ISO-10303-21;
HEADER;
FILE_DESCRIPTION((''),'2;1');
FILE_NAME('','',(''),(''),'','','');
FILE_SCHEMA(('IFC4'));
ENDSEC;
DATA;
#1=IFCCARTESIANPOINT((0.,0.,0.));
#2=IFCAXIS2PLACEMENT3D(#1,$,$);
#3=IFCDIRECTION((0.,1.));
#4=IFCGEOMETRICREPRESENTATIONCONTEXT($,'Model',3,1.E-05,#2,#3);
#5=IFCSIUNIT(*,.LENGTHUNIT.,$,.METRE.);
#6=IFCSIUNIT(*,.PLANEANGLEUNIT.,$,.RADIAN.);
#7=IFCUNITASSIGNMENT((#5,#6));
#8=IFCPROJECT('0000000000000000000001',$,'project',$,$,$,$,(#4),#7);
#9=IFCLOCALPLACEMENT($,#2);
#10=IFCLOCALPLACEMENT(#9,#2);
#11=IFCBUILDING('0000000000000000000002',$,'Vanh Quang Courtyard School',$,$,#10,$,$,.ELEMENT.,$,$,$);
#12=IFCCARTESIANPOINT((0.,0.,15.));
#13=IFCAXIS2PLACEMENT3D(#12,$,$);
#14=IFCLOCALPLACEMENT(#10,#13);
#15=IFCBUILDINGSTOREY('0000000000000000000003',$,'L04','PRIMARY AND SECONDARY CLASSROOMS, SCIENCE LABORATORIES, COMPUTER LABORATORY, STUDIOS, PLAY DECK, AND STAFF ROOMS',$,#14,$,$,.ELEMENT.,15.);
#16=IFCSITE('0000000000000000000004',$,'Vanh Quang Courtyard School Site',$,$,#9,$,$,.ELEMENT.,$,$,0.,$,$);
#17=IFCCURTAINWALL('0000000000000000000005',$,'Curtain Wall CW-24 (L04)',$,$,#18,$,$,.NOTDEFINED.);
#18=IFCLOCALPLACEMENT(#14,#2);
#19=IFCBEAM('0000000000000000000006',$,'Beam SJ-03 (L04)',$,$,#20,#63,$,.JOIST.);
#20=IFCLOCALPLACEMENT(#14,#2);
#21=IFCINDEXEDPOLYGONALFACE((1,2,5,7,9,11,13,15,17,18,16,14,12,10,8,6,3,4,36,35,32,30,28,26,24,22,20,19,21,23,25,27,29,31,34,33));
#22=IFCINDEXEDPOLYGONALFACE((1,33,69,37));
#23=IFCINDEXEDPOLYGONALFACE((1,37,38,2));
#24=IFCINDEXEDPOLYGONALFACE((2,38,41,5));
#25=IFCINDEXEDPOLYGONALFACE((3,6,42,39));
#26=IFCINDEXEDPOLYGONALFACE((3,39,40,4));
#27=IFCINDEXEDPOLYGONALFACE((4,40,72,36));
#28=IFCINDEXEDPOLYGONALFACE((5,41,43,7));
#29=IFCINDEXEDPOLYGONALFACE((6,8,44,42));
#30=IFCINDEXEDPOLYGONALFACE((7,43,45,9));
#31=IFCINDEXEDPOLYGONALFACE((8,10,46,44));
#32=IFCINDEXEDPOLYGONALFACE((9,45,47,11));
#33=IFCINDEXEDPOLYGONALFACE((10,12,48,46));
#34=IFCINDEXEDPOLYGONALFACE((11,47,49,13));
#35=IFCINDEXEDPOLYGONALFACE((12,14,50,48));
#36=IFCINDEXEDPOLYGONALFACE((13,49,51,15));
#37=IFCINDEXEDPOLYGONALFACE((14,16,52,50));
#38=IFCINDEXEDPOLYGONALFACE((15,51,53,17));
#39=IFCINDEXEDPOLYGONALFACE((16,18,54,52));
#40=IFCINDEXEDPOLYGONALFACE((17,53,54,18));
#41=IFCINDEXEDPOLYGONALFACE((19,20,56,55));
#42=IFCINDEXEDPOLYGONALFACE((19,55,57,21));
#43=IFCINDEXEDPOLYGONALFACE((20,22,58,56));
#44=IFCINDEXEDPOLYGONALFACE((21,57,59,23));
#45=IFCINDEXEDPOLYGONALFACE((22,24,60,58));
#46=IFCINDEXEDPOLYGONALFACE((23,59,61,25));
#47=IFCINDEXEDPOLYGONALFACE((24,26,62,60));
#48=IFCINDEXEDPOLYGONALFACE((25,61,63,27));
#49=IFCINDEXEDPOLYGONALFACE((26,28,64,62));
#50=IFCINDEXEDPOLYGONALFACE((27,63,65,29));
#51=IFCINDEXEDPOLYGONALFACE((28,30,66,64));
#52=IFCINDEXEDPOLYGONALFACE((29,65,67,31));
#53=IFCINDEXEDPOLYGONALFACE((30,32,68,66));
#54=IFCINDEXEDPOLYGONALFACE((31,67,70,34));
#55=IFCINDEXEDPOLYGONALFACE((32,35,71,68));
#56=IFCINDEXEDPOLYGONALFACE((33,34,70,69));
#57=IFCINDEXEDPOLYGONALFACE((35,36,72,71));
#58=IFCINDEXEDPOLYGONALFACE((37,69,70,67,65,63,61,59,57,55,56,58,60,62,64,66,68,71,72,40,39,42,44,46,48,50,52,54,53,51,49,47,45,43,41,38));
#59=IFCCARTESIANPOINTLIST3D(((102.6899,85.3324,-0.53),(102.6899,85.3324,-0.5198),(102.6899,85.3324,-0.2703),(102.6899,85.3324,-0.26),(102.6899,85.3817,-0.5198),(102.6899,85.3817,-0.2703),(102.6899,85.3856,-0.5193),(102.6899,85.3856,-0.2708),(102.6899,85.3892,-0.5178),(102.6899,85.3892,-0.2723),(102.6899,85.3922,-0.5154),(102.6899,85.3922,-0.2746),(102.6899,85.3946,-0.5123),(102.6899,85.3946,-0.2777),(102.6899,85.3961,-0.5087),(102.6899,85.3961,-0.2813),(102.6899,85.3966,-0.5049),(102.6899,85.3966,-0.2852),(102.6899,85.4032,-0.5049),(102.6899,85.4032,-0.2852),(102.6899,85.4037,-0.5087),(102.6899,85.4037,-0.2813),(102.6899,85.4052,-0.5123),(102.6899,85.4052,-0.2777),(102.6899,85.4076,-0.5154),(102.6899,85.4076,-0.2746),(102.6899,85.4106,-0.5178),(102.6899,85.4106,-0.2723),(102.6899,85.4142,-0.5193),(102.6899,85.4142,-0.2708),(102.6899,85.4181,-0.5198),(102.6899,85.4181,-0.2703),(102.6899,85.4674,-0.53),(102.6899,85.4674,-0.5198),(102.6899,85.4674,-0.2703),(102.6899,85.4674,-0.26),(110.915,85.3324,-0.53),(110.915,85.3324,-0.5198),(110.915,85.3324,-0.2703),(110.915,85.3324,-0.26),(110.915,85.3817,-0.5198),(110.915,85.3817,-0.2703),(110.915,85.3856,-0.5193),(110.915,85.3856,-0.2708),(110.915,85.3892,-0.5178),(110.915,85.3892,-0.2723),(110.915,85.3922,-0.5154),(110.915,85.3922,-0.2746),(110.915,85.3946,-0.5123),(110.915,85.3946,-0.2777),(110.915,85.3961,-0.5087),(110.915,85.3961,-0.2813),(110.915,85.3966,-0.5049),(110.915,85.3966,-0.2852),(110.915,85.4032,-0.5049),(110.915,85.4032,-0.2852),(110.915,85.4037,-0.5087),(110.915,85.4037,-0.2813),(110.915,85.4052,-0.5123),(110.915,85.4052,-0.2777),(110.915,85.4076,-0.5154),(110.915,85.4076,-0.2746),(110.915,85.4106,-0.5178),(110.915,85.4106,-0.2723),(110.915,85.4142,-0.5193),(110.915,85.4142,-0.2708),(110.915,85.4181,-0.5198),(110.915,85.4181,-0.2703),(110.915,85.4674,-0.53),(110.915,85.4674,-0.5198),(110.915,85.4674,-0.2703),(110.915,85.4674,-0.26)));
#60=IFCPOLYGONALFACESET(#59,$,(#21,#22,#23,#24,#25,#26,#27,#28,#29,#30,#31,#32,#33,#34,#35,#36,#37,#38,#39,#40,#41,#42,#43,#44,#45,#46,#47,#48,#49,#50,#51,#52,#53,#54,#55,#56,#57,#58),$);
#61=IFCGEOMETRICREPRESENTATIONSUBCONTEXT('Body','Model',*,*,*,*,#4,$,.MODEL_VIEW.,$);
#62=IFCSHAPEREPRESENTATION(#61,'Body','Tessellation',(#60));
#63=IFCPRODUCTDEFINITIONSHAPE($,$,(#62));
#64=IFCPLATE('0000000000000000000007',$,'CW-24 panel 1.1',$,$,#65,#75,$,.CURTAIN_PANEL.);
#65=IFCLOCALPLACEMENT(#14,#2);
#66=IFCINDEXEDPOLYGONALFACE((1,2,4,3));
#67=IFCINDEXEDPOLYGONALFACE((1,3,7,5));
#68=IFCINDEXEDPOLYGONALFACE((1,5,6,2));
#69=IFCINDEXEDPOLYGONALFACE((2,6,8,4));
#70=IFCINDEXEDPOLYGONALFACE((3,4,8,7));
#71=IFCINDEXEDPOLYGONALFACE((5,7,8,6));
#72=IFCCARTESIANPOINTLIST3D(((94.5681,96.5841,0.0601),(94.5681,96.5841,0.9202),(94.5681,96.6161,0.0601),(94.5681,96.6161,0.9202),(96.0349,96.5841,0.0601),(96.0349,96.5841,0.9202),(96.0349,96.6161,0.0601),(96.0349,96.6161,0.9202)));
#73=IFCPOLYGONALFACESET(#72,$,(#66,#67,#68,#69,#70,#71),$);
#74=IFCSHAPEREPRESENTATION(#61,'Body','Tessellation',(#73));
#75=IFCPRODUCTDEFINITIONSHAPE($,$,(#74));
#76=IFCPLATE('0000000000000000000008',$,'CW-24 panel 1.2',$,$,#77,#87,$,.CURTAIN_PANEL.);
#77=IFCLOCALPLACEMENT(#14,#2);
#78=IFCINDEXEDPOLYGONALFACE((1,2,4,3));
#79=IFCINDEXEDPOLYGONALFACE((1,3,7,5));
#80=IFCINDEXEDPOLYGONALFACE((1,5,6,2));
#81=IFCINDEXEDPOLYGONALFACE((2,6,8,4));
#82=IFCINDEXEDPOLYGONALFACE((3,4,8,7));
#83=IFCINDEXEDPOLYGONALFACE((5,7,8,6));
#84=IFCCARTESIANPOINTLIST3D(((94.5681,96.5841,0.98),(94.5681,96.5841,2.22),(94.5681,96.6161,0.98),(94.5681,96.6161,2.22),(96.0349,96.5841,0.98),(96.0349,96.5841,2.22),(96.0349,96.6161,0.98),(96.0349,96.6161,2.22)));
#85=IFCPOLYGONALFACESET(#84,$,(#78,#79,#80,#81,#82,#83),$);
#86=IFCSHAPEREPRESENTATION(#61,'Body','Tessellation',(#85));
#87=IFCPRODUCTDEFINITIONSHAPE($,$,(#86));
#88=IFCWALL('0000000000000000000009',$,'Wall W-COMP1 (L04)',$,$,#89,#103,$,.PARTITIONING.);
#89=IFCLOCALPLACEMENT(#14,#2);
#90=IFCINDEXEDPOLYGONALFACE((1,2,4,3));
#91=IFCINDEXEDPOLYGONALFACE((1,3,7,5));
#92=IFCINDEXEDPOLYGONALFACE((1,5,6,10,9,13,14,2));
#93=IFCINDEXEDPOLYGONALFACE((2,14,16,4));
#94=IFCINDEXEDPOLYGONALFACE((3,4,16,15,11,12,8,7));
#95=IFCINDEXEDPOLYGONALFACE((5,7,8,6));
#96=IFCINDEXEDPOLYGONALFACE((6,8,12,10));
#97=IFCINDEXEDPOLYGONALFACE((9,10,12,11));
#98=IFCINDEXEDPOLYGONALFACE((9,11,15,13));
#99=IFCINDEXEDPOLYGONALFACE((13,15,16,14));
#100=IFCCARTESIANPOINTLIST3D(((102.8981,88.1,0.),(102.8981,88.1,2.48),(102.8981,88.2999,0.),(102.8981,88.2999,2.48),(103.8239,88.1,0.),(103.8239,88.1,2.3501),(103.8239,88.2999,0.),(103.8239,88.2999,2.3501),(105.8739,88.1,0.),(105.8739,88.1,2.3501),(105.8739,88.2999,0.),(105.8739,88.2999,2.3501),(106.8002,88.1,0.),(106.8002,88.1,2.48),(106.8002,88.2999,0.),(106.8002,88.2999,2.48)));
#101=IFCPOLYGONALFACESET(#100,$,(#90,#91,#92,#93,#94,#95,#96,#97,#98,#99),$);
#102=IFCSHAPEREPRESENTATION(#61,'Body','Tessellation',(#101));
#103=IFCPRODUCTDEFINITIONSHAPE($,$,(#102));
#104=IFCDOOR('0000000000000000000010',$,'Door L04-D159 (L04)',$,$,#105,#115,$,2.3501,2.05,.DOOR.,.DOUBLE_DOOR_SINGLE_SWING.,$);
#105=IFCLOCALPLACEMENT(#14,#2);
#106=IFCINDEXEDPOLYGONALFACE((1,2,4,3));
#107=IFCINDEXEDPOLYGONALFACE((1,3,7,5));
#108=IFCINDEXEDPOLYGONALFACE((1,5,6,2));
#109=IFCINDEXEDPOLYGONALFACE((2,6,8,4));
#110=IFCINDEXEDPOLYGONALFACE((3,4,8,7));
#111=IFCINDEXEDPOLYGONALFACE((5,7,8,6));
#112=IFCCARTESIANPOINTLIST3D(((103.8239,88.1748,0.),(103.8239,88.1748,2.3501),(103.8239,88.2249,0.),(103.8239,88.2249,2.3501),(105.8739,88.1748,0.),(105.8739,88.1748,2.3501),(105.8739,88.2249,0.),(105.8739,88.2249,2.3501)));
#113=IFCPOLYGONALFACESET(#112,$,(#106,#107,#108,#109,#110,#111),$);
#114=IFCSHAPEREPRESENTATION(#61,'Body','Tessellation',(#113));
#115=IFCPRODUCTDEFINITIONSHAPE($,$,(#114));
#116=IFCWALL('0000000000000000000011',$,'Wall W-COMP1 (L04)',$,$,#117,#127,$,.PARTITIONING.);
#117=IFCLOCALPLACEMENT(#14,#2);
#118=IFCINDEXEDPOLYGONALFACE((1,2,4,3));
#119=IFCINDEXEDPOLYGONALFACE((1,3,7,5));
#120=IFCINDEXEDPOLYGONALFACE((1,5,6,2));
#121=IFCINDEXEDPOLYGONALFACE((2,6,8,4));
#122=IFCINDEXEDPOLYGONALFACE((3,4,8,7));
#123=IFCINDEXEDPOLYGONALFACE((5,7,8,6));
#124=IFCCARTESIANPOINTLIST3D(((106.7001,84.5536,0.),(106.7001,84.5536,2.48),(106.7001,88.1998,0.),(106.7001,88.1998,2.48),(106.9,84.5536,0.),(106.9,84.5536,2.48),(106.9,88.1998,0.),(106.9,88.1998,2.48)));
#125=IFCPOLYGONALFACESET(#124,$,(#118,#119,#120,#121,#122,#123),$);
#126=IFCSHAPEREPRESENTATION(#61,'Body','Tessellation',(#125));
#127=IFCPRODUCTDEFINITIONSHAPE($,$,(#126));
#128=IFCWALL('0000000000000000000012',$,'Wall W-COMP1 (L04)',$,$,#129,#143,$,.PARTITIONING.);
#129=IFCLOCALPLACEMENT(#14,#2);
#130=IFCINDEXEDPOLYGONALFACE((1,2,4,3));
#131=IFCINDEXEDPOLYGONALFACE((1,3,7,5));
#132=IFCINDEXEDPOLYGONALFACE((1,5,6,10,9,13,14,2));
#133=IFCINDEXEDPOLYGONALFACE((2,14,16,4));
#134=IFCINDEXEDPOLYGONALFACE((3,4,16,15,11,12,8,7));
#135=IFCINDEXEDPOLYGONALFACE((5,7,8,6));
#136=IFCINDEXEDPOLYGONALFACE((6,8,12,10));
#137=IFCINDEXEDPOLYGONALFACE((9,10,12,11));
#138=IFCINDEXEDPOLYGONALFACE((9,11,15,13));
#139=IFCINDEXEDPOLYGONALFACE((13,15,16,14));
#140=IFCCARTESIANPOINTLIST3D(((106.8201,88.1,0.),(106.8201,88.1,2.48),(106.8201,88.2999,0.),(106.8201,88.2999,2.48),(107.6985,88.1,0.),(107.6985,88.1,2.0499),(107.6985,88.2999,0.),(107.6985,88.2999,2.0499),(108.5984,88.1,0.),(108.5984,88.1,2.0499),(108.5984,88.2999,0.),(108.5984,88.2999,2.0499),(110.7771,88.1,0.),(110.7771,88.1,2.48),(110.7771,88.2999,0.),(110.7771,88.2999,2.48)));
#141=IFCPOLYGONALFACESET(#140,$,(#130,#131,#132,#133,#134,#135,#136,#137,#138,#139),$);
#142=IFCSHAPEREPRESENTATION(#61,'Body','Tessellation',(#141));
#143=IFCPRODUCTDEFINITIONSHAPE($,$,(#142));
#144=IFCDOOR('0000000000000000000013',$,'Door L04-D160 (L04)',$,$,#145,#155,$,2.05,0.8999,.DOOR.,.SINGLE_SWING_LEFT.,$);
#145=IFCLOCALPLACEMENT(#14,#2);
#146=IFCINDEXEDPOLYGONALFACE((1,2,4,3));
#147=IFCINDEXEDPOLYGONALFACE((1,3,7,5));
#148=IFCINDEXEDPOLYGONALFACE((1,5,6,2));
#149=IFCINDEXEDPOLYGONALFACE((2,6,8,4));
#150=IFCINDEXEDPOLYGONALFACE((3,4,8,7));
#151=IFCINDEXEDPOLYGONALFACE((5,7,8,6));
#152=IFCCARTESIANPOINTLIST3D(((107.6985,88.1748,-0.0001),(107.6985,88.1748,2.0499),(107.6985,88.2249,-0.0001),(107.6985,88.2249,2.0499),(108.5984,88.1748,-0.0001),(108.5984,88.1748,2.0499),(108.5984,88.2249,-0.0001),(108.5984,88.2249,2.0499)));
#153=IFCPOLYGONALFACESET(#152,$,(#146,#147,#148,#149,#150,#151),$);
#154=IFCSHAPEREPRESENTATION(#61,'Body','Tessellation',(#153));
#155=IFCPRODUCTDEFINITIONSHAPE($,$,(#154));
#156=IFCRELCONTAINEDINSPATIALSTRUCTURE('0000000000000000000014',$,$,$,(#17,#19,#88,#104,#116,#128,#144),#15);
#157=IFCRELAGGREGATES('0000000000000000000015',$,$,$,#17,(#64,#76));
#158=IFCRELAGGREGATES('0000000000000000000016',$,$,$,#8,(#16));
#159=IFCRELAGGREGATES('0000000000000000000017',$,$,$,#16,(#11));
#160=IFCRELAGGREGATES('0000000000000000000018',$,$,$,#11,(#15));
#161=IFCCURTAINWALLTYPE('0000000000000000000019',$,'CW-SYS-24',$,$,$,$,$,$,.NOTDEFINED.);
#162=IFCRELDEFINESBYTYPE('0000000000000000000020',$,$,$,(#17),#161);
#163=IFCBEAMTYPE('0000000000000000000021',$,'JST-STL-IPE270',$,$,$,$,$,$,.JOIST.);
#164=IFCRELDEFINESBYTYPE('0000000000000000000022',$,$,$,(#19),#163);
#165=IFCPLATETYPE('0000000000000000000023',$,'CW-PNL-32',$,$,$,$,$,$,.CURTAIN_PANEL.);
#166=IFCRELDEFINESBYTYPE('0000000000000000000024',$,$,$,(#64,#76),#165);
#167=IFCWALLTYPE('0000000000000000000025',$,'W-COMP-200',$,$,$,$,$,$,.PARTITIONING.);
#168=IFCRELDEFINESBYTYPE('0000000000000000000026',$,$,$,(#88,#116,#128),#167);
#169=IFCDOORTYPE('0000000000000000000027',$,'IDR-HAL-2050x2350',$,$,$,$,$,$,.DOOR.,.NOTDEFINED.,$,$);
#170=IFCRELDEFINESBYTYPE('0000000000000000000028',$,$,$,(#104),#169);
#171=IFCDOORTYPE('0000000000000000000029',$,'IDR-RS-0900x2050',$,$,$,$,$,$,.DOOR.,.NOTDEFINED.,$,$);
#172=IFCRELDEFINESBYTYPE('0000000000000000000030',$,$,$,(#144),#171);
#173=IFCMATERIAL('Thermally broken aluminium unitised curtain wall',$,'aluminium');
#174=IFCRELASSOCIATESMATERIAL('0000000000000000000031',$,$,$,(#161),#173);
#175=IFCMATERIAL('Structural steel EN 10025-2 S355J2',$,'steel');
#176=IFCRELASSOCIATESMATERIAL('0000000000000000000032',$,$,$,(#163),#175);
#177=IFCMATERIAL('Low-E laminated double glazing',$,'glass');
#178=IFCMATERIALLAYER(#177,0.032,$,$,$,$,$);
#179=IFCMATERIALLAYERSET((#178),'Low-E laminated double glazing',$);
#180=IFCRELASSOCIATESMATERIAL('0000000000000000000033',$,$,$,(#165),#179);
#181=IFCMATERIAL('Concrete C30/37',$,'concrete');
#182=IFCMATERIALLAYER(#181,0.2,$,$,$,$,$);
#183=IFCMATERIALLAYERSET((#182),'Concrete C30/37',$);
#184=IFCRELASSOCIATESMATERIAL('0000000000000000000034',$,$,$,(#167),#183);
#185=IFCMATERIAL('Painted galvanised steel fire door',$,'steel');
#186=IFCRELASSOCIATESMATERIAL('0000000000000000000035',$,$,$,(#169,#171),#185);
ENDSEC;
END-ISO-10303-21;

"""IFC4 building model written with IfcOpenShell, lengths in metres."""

from ifc_helpers import new_model, si_unit, direction, frame, frame_2d, origin, origin_2d, place, context, subcontext, project, spatial, rectangle, i_section, extrude, material, layer, layer_set, material_profile, profile_set, type_object, element, fill, aggregate, save


model = new_model("IFC4")

# Units and contexts
model_context = context("Model", 3, precision=1e-05, world=origin(), true_north=direction((0.0, 1.0)))
body_context = subcontext(model_context, "Body", "Model", "MODEL_VIEW")
ifc_project = project(units=[si_unit("LENGTHUNIT", "METRE"), si_unit("PLANEANGLEUNIT", "RADIAN")], contexts=[model_context])

# Site, building, storey
site_placement = place(None, origin())
site = spatial("IfcSite", under=ifc_project, at=site_placement, Name="Vanh Quang Courtyard School Site", CompositionType="ELEMENT", RefElevation=0.0)
building_placement = place(site_placement, origin())
building = spatial("IfcBuilding", under=site, at=building_placement, Name="Vanh Quang Courtyard School", CompositionType="ELEMENT")
storey_placement = place(building_placement, frame((0.0, 0.0, 15.0)))
storey = spatial("IfcBuildingStorey", under=building, at=storey_placement, Name="L04", Description="PRIMARY AND SECONDARY CLASSROOMS, SCIENCE LABORATORIES, COMPUTER LABORATORY, STUDIOS, PLAY DECK, AND STAFF ROOMS", CompositionType="ELEMENT", Elevation=15.0)

# Shared definitions
ifc_material_1 = material(Name="Structural steel EN 10025-2 S355J2", Category="steel")

# Curtain wall
ifc_material_2 = material(Name="Thermally broken aluminium unitised curtain wall", Category="aluminium")
curtain_wall_type = type_object("IfcCurtainWallType", Name="CW-SYS-24", PredefinedType="NOTDEFINED", material=ifc_material_2)
curtain_wall_placement = place(storey_placement, origin())
curtain_wall = element("IfcCurtainWall", 1, at=curtain_wall_placement, inside=storey, type_object=curtain_wall_type, Name="Curtain Wall CW-24 (L04)", PredefinedType="NOTDEFINED")

# Beam
ifc_material_3 = material(Name="Concrete C30/37", Category="concrete")
ifc_material_profile_1 = material_profile(ifc_material_1, i_section(OverallWidth=0.135, OverallDepth=0.27, WebThickness=0.0066, FlangeThickness=0.0103, FilletRadius=0.0149, at=origin_2d()), Name="IPE 270")
ifc_profile_set_1 = profile_set([ifc_material_profile_1], Name="Structural steel EN 10025-2 S355J2")
beam_type_1 = type_object("IfcBeamType", Name="JST-STL-IPE270", PredefinedType="JOIST", material=ifc_profile_set_1)
beam_1_placement = place(storey_placement, frame((102.6899, 85.3999, -0.395), z_axis=(1.0, 0.0, 0.0), x_axis=(0.0, 1.0, 0.0)))
element("IfcBeam", 2, at=beam_1_placement, inside=storey, type_object=beam_type_1, Name="Beam SJ-03 (L04)", PredefinedType="JOIST", context=body_context, shape_type="SweptSolid", body=[
    extrude(i_section(OverallWidth=0.135, OverallDepth=0.27, WebThickness=0.0066, FlangeThickness=0.0103, FilletRadius=0.0149, at=origin_2d()), origin(), (0.0, 0.0, 1.0), 8.2251),
])

# Plates
ifc_material_4 = material(Name="Low-E laminated double glazing", Category="glass")
ifc_layer_1 = layer(ifc_material_4, 0.032)
ifc_layer_set_1 = layer_set([ifc_layer_1], Name="Low-E laminated double glazing")
plate_type = type_object("IfcPlateType", Name="CW-PNL-32", PredefinedType="CURTAIN_PANEL", material=ifc_layer_set_1)
plate_1_placement = place(storey_placement, frame((95.3015, 96.6001, 0.0601), z_axis=(0.0, 0.0, 1.0), x_axis=(1.0, 0.0, 0.0)))
plate_1 = element("IfcPlate", 3, at=plate_1_placement, type_object=plate_type, Name="CW-24 panel 1.1", PredefinedType="CURTAIN_PANEL", context=body_context, shape_type="SweptSolid", body=[
    extrude(rectangle(XDim=1.4668, YDim=0.032, at=origin_2d()), origin(), (0.0, 0.0, 1.0), 0.8601),
])
plate_2_placement = place(storey_placement, frame((95.3015, 96.6001, 0.98), z_axis=(0.0, 0.0, 1.0), x_axis=(1.0, 0.0, 0.0)))
plate_2 = element("IfcPlate", 4, at=plate_2_placement, type_object=plate_type, Name="CW-24 panel 1.2", PredefinedType="CURTAIN_PANEL", context=body_context, shape_type="SweptSolid", body=[
    extrude(rectangle(XDim=1.4668, YDim=0.032, at=origin_2d()), origin(), (0.0, 0.0, 1.0), 1.24),
])
aggregate(curtain_wall, [plate_1, plate_2])

# Wall, opening, door
ifc_layer_2 = layer(ifc_material_3, 0.2)
ifc_layer_set_2 = layer_set([ifc_layer_2], Name="Concrete C30/37")
wall_type_1 = type_object("IfcWallType", Name="W-COMP-200", PredefinedType="PARTITIONING", material=ifc_layer_set_2)
wall_1_placement = place(storey_placement, frame((102.8979, 88.2, 0.0), z_axis=(0.0, 0.0, 1.0), x_axis=(1.0, 0.0, 0.0)))
wall_1 = element("IfcWall", 5, at=wall_1_placement, inside=storey, type_object=wall_type_1, Name="Wall W-COMP1 (L04)", PredefinedType="PARTITIONING", context=body_context, shape_type="SweptSolid", body=[
    extrude(rectangle(XDim=3.9021, YDim=0.2, at=frame_2d((1.9512, 0.0))), origin(), (0.0, 0.0, 1.0), 2.48),
])
opening_1_placement = place(wall_1_placement, frame((0.926, 0.0, 0.0)))
opening_1 = element("IfcOpeningElement", 6, at=opening_1_placement, cuts=wall_1, PredefinedType="OPENING", context=body_context, shape_type="SweptSolid", body=[
    extrude(rectangle(XDim=2.05, YDim=2.3501, at=frame_2d((1.0249, 1.175))), frame((0.0, 0.1099, 0.0), z_axis=(0.0, -1.0, 0.0), x_axis=(1.0, 0.0, 0.0)), (0.0, 0.0, 1.0), 0.22),
])
ifc_material_5 = material(Name="Painted galvanised steel fire door", Category="steel")
door_type_1 = type_object("IfcDoorType", Name="IDR-HAL-2050x2350", OperationType="NOTDEFINED", PredefinedType="DOOR", material=ifc_material_5)
door_1_placement = place(opening_1_placement, origin())
door_1 = element("IfcDoor", 7, at=door_1_placement, inside=storey, type_object=door_type_1, Name="Door L04-D159 (L04)", OperationType="DOUBLE_DOOR_SINGLE_SWING", OverallHeight=2.3501, OverallWidth=2.05, PredefinedType="DOOR", context=body_context, shape_type="SweptSolid", body=[
    extrude(rectangle(XDim=2.05, YDim=2.3501, at=frame_2d((1.0249, 1.175))), frame((0.0, 0.0249, 0.0), z_axis=(0.0, -1.0, 0.0), x_axis=(1.0, 0.0, 0.0)), (0.0, 0.0, 1.0), 0.05),
])
fill(opening_1, door_1)

# Wall
wall_2_placement = place(storey_placement, frame((106.8, 88.2, 0.0), z_axis=(0.0, 0.0, 1.0), x_axis=(0.0, -1.0, 0.0)))
element("IfcWall", 8, at=wall_2_placement, inside=storey, type_object=wall_type_1, Name="Wall W-COMP1 (L04)", PredefinedType="PARTITIONING", context=body_context, shape_type="SweptSolid", body=[
    extrude(rectangle(XDim=3.6462, YDim=0.2, at=frame_2d((1.8232, 0.0))), origin(), (0.0, 0.0, 1.0), 2.48),
])

# Wall, opening, door
wall_3_placement = place(storey_placement, frame((106.8201, 88.2, 0.0), z_axis=(0.0, 0.0, 1.0), x_axis=(1.0, 0.0, 0.0)))
wall_3 = element("IfcWall", 9, at=wall_3_placement, inside=storey, type_object=wall_type_1, Name="Wall W-COMP1 (L04)", PredefinedType="PARTITIONING", context=body_context, shape_type="SweptSolid", body=[
    extrude(rectangle(XDim=3.957, YDim=0.2, at=frame_2d((1.9785, 0.0))), origin(), (0.0, 0.0, 1.0), 2.48),
])
opening_2_placement = place(wall_3_placement, frame((0.8784, 0.0, 0.0)))
opening_2 = element("IfcOpeningElement", 10, at=opening_2_placement, cuts=wall_3, PredefinedType="OPENING", context=body_context, shape_type="SweptSolid", body=[
    extrude(rectangle(XDim=0.8999, YDim=2.05, at=frame_2d((0.45, 1.0249))), frame((0.0, 0.1099, 0.0), z_axis=(0.0, -1.0, 0.0), x_axis=(1.0, 0.0, 0.0)), (0.0, 0.0, 1.0), 0.22),
])
door_type_2 = type_object("IfcDoorType", Name="IDR-RS-0900x2050", OperationType="NOTDEFINED", PredefinedType="DOOR", material=ifc_material_5)
door_2_placement = place(opening_2_placement, origin())
door_2 = element("IfcDoor", 11, at=door_2_placement, inside=storey, type_object=door_type_2, Name="Door L04-D160 (L04)", OperationType="SINGLE_SWING_LEFT", OverallHeight=2.05, OverallWidth=0.8999, PredefinedType="DOOR", context=body_context, shape_type="SweptSolid", body=[
    extrude(rectangle(XDim=0.8999, YDim=2.05, at=frame_2d((0.45, 1.0249))), frame((0.0, 0.0249, 0.0), z_axis=(0.0, -1.0, 0.0), x_axis=(1.0, 0.0, 0.0)), (0.0, 0.0, 1.0), 0.05),
])
fill(opening_2, door_2)

save(model, "model.ifc")
